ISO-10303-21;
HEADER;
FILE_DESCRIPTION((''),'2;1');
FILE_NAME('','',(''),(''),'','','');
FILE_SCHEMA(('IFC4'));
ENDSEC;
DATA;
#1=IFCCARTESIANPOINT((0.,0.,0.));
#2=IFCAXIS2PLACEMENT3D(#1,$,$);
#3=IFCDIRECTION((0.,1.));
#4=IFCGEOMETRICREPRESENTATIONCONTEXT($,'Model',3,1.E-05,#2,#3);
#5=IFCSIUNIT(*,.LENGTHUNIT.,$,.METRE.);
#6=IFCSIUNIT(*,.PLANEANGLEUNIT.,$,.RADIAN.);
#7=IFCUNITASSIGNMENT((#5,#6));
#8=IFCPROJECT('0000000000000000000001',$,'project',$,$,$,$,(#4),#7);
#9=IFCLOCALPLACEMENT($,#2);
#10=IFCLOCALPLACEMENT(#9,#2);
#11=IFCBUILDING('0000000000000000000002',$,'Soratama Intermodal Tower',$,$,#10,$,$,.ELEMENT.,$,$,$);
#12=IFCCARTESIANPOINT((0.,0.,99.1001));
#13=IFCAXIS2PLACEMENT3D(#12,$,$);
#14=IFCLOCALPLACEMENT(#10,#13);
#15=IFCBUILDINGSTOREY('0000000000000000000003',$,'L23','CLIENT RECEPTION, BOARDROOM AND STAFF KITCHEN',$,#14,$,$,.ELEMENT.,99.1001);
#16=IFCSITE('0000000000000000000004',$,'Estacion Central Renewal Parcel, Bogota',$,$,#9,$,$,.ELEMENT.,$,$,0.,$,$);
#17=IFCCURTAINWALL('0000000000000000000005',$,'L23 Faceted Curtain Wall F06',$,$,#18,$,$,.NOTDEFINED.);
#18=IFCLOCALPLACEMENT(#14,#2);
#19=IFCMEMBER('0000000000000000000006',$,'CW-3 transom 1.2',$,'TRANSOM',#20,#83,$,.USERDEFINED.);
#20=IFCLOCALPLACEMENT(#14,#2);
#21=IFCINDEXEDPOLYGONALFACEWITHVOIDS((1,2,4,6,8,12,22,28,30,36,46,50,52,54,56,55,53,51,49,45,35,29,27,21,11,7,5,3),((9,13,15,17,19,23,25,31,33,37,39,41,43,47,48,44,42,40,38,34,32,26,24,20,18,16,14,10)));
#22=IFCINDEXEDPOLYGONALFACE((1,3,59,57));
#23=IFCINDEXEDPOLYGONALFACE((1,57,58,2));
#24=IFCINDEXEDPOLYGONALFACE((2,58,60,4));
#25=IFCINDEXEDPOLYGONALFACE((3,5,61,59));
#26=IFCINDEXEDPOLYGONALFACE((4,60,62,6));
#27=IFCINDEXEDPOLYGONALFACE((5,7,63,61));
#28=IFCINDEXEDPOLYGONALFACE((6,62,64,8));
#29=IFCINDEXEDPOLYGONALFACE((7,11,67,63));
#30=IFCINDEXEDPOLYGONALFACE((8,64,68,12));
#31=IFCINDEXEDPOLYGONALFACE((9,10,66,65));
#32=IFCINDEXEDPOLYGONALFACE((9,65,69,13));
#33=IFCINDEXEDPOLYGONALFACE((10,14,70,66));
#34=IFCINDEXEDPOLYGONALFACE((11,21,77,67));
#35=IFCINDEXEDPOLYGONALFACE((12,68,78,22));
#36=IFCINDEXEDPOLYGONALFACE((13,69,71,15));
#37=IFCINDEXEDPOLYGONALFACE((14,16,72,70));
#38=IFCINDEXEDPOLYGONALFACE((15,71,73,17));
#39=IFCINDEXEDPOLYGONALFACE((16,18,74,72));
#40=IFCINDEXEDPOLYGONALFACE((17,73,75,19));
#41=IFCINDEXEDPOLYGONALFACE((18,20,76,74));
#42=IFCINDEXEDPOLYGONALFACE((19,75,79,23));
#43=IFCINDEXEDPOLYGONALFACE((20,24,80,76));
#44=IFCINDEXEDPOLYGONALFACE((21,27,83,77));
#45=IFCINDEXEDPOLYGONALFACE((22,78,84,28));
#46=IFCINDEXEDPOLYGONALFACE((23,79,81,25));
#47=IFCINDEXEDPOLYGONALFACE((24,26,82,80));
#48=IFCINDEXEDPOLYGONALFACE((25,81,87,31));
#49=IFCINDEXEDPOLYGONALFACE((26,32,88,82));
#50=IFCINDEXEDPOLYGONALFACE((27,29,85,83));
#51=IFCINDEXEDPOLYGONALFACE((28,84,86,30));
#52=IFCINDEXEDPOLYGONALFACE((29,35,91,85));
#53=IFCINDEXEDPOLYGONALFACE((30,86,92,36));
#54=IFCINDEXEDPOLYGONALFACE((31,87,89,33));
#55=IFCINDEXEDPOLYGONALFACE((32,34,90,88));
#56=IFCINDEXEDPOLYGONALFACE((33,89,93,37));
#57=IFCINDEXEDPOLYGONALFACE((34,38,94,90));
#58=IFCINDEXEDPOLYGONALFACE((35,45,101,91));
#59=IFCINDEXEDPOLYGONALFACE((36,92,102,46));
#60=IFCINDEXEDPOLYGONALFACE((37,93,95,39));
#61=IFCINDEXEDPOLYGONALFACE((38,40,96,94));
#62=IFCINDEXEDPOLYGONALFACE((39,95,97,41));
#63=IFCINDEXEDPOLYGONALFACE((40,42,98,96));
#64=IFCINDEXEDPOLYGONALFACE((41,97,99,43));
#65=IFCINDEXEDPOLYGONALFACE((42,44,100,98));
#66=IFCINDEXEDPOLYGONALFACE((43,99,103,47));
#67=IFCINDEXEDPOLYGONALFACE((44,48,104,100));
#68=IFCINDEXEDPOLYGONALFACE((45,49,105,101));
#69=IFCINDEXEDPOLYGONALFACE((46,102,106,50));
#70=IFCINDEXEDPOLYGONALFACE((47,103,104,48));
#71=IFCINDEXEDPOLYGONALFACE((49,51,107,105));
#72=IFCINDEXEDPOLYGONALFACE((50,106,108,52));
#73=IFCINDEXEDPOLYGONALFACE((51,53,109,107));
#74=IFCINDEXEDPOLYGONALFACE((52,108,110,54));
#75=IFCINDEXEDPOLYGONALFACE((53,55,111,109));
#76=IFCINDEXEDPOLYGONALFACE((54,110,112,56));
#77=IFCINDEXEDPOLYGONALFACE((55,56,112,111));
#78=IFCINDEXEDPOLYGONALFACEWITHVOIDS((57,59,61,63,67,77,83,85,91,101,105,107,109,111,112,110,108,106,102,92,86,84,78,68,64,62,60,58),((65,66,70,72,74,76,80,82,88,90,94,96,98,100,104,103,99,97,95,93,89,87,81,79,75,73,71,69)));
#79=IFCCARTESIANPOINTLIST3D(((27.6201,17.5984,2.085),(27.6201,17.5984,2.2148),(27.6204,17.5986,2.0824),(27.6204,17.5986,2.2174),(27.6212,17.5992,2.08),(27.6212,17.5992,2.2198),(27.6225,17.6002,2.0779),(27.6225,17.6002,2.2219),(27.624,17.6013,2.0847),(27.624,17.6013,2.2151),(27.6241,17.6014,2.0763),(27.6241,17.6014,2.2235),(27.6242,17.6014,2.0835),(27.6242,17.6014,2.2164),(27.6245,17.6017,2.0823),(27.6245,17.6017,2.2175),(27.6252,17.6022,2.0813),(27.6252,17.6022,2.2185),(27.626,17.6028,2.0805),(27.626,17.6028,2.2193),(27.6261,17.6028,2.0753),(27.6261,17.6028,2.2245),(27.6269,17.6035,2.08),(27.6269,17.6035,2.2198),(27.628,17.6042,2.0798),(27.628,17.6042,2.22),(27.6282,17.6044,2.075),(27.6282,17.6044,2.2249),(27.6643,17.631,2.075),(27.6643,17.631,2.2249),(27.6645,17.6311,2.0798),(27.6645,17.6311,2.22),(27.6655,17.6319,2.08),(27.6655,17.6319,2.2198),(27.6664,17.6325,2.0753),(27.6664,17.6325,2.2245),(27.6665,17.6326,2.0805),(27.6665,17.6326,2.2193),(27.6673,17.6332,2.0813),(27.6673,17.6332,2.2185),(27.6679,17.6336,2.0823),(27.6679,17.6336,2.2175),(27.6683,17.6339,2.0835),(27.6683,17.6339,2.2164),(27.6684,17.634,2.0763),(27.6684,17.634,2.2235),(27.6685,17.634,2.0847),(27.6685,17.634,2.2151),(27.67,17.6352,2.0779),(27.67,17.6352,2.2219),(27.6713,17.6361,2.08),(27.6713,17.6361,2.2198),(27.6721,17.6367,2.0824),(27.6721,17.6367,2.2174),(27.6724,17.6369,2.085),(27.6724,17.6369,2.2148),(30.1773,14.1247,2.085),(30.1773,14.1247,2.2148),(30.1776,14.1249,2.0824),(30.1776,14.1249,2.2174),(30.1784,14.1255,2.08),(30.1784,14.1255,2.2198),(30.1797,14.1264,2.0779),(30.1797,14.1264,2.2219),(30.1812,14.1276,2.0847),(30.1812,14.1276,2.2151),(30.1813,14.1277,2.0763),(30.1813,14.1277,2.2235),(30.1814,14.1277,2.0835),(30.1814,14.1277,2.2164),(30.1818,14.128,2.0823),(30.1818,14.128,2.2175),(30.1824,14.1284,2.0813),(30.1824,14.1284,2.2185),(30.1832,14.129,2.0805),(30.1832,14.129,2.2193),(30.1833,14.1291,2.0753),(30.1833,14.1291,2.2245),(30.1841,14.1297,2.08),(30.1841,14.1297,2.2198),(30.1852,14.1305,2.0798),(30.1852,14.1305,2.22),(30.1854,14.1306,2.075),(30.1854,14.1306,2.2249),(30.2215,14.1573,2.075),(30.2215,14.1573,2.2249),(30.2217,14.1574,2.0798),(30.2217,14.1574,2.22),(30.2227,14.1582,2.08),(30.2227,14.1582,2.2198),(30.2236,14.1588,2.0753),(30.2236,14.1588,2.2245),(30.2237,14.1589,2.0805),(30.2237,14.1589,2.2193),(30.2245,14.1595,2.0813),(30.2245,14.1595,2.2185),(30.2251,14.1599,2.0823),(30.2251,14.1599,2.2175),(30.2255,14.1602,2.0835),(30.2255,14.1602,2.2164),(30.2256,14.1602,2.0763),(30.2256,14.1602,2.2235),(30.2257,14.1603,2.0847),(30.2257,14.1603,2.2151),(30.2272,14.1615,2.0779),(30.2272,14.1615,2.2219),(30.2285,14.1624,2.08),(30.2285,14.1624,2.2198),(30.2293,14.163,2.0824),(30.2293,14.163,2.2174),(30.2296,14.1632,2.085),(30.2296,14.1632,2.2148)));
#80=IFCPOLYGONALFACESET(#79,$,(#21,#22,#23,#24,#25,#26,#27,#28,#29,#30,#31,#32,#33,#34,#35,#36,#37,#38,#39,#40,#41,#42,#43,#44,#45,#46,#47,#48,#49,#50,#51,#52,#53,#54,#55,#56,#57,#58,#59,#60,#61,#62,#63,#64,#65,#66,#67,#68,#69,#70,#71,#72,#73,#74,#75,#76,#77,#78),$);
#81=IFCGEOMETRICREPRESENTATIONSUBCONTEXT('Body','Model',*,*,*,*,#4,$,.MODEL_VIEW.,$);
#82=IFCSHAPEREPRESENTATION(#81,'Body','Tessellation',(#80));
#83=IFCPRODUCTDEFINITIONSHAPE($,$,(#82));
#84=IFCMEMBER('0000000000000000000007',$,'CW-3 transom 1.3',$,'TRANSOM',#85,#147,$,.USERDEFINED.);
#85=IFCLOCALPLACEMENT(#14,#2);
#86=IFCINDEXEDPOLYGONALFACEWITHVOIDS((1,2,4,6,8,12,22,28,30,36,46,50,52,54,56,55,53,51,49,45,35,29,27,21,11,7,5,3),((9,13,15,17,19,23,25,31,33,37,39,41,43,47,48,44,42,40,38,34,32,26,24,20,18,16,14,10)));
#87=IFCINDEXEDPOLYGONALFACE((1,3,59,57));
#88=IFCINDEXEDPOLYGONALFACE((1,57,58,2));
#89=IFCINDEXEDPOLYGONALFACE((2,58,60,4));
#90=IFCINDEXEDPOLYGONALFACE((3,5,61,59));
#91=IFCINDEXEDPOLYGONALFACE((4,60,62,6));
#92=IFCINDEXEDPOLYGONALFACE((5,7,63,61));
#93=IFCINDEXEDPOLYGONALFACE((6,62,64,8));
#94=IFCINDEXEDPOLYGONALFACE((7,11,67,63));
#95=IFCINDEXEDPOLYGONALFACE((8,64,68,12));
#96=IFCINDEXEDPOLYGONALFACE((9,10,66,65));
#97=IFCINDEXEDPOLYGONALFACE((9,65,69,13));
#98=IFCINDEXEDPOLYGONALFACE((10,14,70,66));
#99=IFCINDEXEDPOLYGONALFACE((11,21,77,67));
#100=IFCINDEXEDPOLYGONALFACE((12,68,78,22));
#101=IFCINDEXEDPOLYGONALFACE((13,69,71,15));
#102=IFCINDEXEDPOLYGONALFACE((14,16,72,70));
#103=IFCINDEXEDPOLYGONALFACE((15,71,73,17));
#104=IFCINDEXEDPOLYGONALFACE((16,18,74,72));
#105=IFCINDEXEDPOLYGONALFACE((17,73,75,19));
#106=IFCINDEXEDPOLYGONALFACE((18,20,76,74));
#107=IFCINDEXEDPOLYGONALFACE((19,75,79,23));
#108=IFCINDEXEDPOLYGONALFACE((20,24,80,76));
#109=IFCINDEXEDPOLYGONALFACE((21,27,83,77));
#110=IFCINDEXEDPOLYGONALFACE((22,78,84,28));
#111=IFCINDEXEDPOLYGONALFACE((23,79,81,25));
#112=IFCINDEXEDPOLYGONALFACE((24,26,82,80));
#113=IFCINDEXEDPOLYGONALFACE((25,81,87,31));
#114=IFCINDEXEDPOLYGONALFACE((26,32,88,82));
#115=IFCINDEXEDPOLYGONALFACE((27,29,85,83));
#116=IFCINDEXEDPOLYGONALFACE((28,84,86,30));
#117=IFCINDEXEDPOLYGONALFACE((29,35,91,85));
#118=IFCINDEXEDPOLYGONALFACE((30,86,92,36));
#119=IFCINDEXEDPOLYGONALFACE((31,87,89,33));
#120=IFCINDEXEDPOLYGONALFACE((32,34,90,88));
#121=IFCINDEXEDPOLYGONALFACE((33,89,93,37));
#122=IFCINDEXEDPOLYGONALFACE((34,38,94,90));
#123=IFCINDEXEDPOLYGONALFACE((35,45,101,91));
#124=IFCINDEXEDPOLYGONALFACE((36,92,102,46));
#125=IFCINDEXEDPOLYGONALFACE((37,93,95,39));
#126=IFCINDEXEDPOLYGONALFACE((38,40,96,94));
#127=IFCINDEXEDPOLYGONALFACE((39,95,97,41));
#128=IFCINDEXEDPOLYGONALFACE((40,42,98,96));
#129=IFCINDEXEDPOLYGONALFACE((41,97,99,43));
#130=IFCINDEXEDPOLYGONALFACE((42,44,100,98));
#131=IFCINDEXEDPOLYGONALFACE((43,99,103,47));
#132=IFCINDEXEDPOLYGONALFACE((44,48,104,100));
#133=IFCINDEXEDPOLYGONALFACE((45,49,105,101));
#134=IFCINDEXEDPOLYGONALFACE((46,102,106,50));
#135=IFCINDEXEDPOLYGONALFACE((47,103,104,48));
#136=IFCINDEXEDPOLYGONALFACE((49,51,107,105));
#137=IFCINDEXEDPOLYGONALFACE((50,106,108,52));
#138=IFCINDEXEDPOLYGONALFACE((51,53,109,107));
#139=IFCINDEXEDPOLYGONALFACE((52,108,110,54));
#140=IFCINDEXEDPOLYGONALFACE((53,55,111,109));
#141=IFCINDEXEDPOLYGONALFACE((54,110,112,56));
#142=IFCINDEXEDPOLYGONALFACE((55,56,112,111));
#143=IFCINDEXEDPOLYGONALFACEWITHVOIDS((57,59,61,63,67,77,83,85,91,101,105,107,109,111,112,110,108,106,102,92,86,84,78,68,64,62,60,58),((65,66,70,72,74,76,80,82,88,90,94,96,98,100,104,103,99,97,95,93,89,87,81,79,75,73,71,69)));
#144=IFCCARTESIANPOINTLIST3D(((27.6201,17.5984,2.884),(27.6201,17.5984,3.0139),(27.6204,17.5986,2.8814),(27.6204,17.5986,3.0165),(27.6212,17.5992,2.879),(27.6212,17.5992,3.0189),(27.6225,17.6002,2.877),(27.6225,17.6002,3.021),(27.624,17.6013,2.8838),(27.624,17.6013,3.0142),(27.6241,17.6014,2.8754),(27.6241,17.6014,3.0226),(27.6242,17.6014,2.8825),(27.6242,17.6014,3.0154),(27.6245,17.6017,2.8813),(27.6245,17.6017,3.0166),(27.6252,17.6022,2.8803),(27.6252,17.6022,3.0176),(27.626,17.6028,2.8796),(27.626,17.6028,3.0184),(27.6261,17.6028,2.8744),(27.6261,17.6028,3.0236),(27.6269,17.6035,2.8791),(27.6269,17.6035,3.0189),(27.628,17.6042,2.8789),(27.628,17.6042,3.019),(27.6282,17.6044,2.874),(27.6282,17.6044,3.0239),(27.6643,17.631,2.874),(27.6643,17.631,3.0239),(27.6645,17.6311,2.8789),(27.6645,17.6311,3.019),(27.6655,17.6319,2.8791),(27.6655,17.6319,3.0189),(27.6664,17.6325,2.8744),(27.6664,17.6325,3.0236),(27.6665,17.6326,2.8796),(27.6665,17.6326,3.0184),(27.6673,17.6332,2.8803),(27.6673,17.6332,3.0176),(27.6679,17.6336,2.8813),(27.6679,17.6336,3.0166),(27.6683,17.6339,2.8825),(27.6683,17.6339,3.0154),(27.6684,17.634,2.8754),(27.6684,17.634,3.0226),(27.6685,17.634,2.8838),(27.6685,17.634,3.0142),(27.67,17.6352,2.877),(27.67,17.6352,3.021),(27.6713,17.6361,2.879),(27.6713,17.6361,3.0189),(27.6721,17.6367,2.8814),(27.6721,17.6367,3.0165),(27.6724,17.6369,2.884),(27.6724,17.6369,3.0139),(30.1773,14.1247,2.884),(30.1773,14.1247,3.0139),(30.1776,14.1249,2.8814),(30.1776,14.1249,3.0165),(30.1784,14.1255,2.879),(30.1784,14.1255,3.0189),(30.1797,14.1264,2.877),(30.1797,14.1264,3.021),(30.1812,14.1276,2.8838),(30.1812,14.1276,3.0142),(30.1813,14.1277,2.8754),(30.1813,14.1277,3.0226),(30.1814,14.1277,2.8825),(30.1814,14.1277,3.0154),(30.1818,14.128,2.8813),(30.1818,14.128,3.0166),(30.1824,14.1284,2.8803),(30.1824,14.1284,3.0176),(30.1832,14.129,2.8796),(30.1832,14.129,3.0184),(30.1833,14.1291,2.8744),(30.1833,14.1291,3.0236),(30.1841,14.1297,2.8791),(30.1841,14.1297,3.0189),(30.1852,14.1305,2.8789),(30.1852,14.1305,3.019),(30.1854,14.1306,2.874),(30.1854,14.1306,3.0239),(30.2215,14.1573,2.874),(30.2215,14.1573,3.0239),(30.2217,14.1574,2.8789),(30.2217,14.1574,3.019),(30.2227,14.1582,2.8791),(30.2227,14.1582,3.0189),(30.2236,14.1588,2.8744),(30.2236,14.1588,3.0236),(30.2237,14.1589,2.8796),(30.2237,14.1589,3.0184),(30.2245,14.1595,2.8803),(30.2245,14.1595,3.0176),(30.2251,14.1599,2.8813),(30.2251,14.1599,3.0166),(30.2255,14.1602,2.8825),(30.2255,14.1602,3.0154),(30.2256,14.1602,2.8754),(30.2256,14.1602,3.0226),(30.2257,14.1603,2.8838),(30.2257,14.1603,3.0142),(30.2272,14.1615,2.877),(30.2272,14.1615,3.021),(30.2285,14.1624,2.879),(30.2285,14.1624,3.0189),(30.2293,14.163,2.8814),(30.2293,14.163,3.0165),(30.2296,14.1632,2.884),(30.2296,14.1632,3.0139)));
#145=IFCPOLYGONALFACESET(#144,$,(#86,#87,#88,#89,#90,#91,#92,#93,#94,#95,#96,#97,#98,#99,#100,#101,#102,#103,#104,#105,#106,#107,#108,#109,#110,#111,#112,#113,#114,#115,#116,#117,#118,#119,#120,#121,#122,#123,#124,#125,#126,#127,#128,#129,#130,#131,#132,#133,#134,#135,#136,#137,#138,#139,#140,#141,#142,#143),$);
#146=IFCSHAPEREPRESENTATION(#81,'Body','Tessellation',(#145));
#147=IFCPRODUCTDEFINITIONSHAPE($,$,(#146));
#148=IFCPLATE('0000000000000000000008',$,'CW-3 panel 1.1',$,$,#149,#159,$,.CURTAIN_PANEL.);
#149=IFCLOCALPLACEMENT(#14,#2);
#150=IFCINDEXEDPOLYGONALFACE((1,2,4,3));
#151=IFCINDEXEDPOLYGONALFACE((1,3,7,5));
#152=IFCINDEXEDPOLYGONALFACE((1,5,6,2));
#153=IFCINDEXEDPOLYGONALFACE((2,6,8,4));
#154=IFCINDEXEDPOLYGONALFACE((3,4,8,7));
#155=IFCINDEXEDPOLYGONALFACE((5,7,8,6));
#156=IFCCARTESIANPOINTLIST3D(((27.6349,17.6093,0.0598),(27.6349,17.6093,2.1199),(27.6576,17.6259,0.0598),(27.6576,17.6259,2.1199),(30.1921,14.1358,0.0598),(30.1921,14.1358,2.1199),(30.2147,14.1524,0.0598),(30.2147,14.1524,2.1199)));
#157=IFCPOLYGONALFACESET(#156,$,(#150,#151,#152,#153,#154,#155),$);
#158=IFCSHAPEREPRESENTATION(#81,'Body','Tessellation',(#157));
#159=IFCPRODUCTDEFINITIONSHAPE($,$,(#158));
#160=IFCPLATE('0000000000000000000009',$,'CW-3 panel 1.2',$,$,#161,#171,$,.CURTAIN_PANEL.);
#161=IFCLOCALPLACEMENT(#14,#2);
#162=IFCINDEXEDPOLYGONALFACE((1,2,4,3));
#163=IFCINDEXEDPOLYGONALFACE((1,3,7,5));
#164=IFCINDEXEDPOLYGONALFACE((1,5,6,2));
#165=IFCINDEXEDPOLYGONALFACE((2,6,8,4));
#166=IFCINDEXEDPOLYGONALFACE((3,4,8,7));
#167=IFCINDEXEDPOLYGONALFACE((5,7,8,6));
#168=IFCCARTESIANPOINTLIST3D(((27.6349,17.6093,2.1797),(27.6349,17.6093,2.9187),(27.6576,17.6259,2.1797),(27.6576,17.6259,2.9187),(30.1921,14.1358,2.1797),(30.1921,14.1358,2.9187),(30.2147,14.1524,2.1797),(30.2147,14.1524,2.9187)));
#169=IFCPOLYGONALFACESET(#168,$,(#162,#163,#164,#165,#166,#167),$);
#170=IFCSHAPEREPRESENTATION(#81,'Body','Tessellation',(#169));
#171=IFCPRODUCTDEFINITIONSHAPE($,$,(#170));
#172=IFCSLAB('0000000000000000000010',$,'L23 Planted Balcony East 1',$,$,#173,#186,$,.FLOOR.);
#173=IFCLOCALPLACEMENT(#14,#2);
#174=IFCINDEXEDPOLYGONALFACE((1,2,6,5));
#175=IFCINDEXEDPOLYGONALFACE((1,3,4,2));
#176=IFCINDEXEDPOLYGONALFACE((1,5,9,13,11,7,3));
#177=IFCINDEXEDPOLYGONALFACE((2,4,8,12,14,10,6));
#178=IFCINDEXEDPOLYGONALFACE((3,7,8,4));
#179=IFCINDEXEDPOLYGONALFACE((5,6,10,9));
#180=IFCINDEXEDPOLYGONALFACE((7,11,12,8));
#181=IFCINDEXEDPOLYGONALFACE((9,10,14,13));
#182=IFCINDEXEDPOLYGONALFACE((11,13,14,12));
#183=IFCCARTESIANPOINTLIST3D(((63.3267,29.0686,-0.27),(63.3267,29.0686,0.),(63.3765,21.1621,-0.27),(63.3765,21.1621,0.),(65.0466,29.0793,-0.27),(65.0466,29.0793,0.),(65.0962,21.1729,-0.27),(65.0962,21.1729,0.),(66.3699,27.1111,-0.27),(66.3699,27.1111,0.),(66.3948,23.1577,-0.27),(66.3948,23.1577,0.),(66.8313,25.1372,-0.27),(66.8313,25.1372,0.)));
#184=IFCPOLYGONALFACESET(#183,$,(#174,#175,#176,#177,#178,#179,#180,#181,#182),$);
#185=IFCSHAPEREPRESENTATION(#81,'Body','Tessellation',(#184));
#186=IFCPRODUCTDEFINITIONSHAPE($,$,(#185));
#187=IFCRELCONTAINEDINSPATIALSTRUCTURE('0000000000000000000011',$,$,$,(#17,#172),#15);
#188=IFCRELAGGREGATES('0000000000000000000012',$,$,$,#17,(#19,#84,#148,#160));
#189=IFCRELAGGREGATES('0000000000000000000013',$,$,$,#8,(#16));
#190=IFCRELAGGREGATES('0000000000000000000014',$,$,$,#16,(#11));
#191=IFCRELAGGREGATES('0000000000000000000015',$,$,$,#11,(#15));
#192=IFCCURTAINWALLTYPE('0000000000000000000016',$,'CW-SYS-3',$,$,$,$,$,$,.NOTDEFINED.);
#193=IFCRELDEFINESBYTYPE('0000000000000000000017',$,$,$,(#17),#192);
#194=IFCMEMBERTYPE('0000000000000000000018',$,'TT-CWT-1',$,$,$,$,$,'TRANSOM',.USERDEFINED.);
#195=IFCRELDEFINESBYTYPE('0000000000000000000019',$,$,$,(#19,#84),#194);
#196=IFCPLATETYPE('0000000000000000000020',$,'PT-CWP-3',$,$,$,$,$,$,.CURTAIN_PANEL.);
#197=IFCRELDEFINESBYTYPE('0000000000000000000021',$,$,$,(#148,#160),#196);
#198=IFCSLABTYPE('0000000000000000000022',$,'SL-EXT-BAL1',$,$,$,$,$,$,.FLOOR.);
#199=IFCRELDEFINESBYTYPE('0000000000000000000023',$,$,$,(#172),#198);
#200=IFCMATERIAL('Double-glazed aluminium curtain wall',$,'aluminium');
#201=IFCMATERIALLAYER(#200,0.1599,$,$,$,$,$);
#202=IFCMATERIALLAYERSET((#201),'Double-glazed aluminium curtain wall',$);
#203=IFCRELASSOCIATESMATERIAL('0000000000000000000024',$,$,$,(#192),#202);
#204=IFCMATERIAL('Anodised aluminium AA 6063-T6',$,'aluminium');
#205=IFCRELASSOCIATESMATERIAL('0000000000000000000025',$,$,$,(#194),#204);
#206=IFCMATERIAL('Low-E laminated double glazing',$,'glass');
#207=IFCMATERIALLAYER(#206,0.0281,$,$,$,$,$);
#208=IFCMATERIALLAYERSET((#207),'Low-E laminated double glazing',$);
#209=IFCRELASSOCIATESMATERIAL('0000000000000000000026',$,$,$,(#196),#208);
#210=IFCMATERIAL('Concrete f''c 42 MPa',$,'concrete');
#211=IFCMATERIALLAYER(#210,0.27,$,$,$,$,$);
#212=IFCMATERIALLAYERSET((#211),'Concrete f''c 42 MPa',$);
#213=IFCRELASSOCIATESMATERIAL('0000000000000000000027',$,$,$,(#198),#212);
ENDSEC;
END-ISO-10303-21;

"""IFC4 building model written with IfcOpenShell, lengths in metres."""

from ifc_helpers import new_model, si_unit, direction, frame, origin, origin_2d, place, context, subcontext, project, spatial, polyline, rectangle, hollow_rectangle, outline, extrude, material, layer, layer_set, material_profile, profile_set, type_object, element, aggregate, save


model = new_model("IFC4")

# Units and contexts
model_context = context("Model", 3, precision=1e-05, world=origin(), true_north=direction((0.0, 1.0)))
body_context = subcontext(model_context, "Body", "Model", "MODEL_VIEW")
ifc_project = project(units=[si_unit("LENGTHUNIT", "METRE"), si_unit("PLANEANGLEUNIT", "RADIAN")], contexts=[model_context])

# Site, building, storey
site_placement = place(None, origin())
site = spatial("IfcSite", under=ifc_project, at=site_placement, Name="Estacion Central Renewal Parcel, Bogota", CompositionType="ELEMENT", RefElevation=0.0)
building_placement = place(site_placement, origin())
building = spatial("IfcBuilding", under=site, at=building_placement, Name="Soratama Intermodal Tower", CompositionType="ELEMENT")
storey_placement = place(building_placement, frame((0.0, 0.0, 99.1001)))
storey = spatial("IfcBuildingStorey", under=building, at=storey_placement, Name="L23", Description="CLIENT RECEPTION, BOARDROOM AND STAFF KITCHEN", CompositionType="ELEMENT", Elevation=99.1001)

# Curtain wall, members, plates
ifc_material_1 = material(Name="Double-glazed aluminium curtain wall", Category="aluminium")
ifc_layer_1 = layer(ifc_material_1, 0.1599)
ifc_layer_set_1 = layer_set([ifc_layer_1], Name="Double-glazed aluminium curtain wall")
curtain_wall_type = type_object("IfcCurtainWallType", Name="CW-SYS-3", PredefinedType="NOTDEFINED", material=ifc_layer_set_1)
curtain_wall_placement = place(storey_placement, origin())
curtain_wall = element("IfcCurtainWall", 1, at=curtain_wall_placement, inside=storey, type_object=curtain_wall_type, Name="L23 Faceted Curtain Wall F06", PredefinedType="NOTDEFINED")
ifc_material_2 = material(Name="Anodised aluminium AA 6063-T6", Category="aluminium")
ifc_material_profile_1 = material_profile(ifc_material_2, hollow_rectangle(XDim=0.0649, YDim=0.1499, WallThickness=0.0049, InnerFilletRadius=0.0049, OuterFilletRadius=0.01, at=origin_2d()), Name="CWT150X65X5")
ifc_profile_set_1 = profile_set([ifc_material_profile_1], Name="Anodised aluminium AA 6063-T6")
member_type_1 = type_object("IfcMemberType", Name="TT-CWT-1", ElementType="TRANSOM", PredefinedType="USERDEFINED", material=ifc_profile_set_1)
member_1_placement = place(storey_placement, frame((27.6462, 17.6177, 2.1499), z_axis=(0.59284, -0.80532, 0.0), x_axis=(0.80532, 0.59284, 0.0)))
member_1 = element("IfcMember", 2, at=member_1_placement, type_object=member_type_1, Name="CW-3 transom 1.2", ObjectType="TRANSOM", PredefinedType="USERDEFINED", context=body_context, shape_type="SweptSolid", body=[
    extrude(hollow_rectangle(XDim=0.0649, YDim=0.1499, WallThickness=0.0049, InnerFilletRadius=0.0049, OuterFilletRadius=0.01, at=origin_2d()), origin(), (0.0, 0.0, 1.0), 4.3135),
])
member_2_placement = place(storey_placement, frame((27.6462, 17.6177, 2.949), z_axis=(0.59284, -0.80532, 0.0), x_axis=(0.80532, 0.59284, 0.0)))
member_2 = element("IfcMember", 3, at=member_2_placement, type_object=member_type_1, Name="CW-3 transom 1.3", ObjectType="TRANSOM", PredefinedType="USERDEFINED", context=body_context, shape_type="SweptSolid", body=[
    extrude(hollow_rectangle(XDim=0.0649, YDim=0.1499, WallThickness=0.0049, InnerFilletRadius=0.0049, OuterFilletRadius=0.01, at=origin_2d()), origin(), (0.0, 0.0, 1.0), 4.3135),
])
ifc_material_3 = material(Name="Low-E laminated double glazing", Category="glass")
ifc_layer_2 = layer(ifc_material_3, 0.0281)
ifc_layer_set_2 = layer_set([ifc_layer_2], Name="Low-E laminated double glazing")
plate_type = type_object("IfcPlateType", Name="PT-CWP-3", PredefinedType="CURTAIN_PANEL", material=ifc_layer_set_2)
plate_1_placement = place(storey_placement, frame((28.9248, 15.8809, 0.0598), z_axis=(0.0, 0.0, 1.0), x_axis=(0.592854, -0.80531, 0.0)))
plate_1 = element("IfcPlate", 4, at=plate_1_placement, type_object=plate_type, Name="CW-3 panel 1.1", PredefinedType="CURTAIN_PANEL", context=body_context, shape_type="SweptSolid", body=[
    extrude(rectangle(XDim=4.3132, YDim=0.0281, at=origin_2d()), origin(), (0.0, 0.0, 1.0), 2.0601),
])
plate_2_placement = place(storey_placement, frame((28.9248, 15.8809, 2.1797), z_axis=(0.0, 0.0, 1.0), x_axis=(0.592854, -0.80531, 0.0)))
plate_2 = element("IfcPlate", 5, at=plate_2_placement, type_object=plate_type, Name="CW-3 panel 1.2", PredefinedType="CURTAIN_PANEL", context=body_context, shape_type="SweptSolid", body=[
    extrude(rectangle(XDim=4.3132, YDim=0.0281, at=origin_2d()), origin(), (0.0, 0.0, 1.0), 0.739),
])
aggregate(curtain_wall, [member_1, member_2, plate_1, plate_2])

# Slab
ifc_material_4 = material(Name="Concrete f'c 42 MPa", Category="concrete")
ifc_layer_3 = layer(ifc_material_4, 0.27)
ifc_layer_set_3 = layer_set([ifc_layer_3], Name="Concrete f'c 42 MPa")
slab_type_1 = type_object("IfcSlabType", Name="SL-EXT-BAL1", PredefinedType="FLOOR", material=ifc_layer_set_3)
slab_1_placement = place(storey_placement, frame((0.0, 0.0, -0.27)))
element("IfcSlab", 6, at=slab_1_placement, inside=storey, type_object=slab_type_1, Name="L23 Planted Balcony East 1", PredefinedType="FLOOR", context=body_context, shape_type="SweptSolid", body=[
    extrude(outline(polyline([(63.3765, 21.1621), (63.3267, 29.0686), (65.0466, 29.0793), (66.3699, 27.1111), (66.8313, 25.1372), (66.3948, 23.1577), (65.0962, 21.1729), (63.3765, 21.1621)])), origin(), (0.0, 0.0, 1.0), 0.27),
])

save(model, "model.ifc")
